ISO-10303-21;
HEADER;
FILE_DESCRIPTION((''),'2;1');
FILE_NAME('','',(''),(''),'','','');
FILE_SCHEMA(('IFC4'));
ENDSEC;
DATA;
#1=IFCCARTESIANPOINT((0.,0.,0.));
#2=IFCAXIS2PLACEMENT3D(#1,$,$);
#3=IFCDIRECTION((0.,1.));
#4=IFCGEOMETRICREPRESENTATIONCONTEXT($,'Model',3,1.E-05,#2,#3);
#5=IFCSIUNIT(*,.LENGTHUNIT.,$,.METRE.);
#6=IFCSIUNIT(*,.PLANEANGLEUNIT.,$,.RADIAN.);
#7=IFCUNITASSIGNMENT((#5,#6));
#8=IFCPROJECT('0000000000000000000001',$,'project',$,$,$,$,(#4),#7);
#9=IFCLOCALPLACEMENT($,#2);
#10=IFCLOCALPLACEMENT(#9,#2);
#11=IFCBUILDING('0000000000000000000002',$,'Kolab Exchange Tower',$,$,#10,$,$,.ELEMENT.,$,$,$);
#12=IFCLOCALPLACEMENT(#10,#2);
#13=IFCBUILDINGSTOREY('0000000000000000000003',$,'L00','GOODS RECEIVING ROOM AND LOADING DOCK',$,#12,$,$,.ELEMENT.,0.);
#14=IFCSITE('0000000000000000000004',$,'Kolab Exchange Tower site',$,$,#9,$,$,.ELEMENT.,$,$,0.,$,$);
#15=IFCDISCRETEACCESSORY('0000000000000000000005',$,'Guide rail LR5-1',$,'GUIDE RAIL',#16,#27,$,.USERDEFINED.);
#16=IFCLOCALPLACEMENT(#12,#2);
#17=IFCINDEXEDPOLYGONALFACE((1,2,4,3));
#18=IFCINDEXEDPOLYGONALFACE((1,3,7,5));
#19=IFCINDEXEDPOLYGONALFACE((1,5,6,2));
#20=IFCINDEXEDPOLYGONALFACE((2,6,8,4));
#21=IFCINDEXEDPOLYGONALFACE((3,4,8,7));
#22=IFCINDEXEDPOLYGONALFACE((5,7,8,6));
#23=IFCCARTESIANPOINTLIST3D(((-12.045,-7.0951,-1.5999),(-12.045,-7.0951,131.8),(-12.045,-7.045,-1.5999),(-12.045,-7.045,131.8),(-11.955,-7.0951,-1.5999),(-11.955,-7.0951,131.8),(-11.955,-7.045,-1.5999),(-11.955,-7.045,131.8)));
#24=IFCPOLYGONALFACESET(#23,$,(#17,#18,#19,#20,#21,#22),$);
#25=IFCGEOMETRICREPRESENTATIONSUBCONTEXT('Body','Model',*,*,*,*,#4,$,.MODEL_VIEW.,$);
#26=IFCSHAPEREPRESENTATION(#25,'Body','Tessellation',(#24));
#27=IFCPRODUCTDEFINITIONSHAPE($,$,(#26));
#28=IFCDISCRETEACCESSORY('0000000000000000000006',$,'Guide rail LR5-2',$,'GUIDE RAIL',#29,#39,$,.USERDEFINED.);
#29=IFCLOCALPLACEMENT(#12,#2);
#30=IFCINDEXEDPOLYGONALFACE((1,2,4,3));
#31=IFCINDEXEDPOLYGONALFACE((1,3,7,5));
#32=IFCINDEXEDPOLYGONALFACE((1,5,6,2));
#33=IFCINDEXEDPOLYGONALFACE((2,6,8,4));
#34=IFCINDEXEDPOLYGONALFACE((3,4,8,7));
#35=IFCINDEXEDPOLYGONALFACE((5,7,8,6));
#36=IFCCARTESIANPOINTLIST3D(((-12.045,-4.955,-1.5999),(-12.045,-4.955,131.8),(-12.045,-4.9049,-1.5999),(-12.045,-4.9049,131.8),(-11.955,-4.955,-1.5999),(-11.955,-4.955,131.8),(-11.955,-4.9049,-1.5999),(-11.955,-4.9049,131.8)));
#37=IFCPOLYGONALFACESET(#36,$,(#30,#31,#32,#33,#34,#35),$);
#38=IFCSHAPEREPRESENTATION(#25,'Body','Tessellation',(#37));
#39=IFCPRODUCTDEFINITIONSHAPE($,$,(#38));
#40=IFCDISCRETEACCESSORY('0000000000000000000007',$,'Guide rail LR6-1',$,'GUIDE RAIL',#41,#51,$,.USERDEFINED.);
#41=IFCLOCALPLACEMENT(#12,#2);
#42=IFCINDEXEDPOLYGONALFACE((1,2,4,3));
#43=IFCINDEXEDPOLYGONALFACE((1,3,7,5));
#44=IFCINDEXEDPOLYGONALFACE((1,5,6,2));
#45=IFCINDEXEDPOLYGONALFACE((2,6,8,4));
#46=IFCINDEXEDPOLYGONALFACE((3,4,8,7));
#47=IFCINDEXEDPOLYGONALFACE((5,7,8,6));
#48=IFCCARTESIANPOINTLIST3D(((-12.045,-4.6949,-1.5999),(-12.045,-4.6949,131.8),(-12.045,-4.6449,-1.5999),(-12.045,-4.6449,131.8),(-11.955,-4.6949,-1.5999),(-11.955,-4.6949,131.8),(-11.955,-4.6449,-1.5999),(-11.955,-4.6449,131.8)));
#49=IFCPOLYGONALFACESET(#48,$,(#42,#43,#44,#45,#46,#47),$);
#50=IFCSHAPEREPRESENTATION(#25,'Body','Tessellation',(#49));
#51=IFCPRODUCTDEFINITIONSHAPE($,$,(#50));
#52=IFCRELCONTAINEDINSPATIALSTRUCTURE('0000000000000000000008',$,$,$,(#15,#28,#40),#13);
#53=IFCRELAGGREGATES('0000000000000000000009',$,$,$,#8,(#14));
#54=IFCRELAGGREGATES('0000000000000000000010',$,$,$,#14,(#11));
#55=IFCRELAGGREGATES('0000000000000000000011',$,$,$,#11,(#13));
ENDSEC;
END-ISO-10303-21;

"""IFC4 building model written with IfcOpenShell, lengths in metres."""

from ifc_helpers import new_model, si_unit, direction, frame, origin, origin_2d, place, context, subcontext, project, spatial, rectangle, extrude, element, save


model = new_model("IFC4")

# Units and contexts
model_context = context("Model", 3, precision=1e-05, world=origin(), true_north=direction((0.0, 1.0)))
body_context = subcontext(model_context, "Body", "Model", "MODEL_VIEW")
ifc_project = project(units=[si_unit("LENGTHUNIT", "METRE"), si_unit("PLANEANGLEUNIT", "RADIAN")], contexts=[model_context])

# Site, building, storey
site_placement = place(None, origin())
site = spatial("IfcSite", under=ifc_project, at=site_placement, Name="Kolab Exchange Tower site", CompositionType="ELEMENT", RefElevation=0.0)
building_placement = place(site_placement, origin())
building = spatial("IfcBuilding", under=site, at=building_placement, Name="Kolab Exchange Tower", CompositionType="ELEMENT")
storey_placement = place(building_placement, origin())
storey = spatial("IfcBuildingStorey", under=building, at=storey_placement, Name="L00", Description="GOODS RECEIVING ROOM AND LOADING DOCK", CompositionType="ELEMENT", Elevation=0.0)

# Discrete accessories
for number, where, z_axis, x_axis, name in (
    (1, (-12.0, -7.0701, -1.5999), (0.0, 0.0, 1.0), (1.0, 0.0, 0.0), "Guide rail LR5-1"),
    (2, (-12.0, -4.9299, -1.5999), (0.0, 0.0, 1.0), (1.0, 0.0, 0.0), "Guide rail LR5-2"),
    (3, (-12.0, -4.6699, -1.5999), (0.0, 0.0, 1.0), (1.0, 0.0, 0.0), "Guide rail LR6-1"),
):
    element("IfcDiscreteAccessory", number, at=place(storey_placement, frame(where, z_axis=z_axis, x_axis=x_axis)), inside=storey, Name=name, ObjectType="GUIDE RAIL", PredefinedType="USERDEFINED", context=body_context, shape_type="SweptSolid", body=[
        extrude(rectangle(XDim=0.0901, YDim=0.05, at=origin_2d()), origin(), (0.0, 0.0, 1.0), 133.3999),
    ])

save(model, "model.ifc")
